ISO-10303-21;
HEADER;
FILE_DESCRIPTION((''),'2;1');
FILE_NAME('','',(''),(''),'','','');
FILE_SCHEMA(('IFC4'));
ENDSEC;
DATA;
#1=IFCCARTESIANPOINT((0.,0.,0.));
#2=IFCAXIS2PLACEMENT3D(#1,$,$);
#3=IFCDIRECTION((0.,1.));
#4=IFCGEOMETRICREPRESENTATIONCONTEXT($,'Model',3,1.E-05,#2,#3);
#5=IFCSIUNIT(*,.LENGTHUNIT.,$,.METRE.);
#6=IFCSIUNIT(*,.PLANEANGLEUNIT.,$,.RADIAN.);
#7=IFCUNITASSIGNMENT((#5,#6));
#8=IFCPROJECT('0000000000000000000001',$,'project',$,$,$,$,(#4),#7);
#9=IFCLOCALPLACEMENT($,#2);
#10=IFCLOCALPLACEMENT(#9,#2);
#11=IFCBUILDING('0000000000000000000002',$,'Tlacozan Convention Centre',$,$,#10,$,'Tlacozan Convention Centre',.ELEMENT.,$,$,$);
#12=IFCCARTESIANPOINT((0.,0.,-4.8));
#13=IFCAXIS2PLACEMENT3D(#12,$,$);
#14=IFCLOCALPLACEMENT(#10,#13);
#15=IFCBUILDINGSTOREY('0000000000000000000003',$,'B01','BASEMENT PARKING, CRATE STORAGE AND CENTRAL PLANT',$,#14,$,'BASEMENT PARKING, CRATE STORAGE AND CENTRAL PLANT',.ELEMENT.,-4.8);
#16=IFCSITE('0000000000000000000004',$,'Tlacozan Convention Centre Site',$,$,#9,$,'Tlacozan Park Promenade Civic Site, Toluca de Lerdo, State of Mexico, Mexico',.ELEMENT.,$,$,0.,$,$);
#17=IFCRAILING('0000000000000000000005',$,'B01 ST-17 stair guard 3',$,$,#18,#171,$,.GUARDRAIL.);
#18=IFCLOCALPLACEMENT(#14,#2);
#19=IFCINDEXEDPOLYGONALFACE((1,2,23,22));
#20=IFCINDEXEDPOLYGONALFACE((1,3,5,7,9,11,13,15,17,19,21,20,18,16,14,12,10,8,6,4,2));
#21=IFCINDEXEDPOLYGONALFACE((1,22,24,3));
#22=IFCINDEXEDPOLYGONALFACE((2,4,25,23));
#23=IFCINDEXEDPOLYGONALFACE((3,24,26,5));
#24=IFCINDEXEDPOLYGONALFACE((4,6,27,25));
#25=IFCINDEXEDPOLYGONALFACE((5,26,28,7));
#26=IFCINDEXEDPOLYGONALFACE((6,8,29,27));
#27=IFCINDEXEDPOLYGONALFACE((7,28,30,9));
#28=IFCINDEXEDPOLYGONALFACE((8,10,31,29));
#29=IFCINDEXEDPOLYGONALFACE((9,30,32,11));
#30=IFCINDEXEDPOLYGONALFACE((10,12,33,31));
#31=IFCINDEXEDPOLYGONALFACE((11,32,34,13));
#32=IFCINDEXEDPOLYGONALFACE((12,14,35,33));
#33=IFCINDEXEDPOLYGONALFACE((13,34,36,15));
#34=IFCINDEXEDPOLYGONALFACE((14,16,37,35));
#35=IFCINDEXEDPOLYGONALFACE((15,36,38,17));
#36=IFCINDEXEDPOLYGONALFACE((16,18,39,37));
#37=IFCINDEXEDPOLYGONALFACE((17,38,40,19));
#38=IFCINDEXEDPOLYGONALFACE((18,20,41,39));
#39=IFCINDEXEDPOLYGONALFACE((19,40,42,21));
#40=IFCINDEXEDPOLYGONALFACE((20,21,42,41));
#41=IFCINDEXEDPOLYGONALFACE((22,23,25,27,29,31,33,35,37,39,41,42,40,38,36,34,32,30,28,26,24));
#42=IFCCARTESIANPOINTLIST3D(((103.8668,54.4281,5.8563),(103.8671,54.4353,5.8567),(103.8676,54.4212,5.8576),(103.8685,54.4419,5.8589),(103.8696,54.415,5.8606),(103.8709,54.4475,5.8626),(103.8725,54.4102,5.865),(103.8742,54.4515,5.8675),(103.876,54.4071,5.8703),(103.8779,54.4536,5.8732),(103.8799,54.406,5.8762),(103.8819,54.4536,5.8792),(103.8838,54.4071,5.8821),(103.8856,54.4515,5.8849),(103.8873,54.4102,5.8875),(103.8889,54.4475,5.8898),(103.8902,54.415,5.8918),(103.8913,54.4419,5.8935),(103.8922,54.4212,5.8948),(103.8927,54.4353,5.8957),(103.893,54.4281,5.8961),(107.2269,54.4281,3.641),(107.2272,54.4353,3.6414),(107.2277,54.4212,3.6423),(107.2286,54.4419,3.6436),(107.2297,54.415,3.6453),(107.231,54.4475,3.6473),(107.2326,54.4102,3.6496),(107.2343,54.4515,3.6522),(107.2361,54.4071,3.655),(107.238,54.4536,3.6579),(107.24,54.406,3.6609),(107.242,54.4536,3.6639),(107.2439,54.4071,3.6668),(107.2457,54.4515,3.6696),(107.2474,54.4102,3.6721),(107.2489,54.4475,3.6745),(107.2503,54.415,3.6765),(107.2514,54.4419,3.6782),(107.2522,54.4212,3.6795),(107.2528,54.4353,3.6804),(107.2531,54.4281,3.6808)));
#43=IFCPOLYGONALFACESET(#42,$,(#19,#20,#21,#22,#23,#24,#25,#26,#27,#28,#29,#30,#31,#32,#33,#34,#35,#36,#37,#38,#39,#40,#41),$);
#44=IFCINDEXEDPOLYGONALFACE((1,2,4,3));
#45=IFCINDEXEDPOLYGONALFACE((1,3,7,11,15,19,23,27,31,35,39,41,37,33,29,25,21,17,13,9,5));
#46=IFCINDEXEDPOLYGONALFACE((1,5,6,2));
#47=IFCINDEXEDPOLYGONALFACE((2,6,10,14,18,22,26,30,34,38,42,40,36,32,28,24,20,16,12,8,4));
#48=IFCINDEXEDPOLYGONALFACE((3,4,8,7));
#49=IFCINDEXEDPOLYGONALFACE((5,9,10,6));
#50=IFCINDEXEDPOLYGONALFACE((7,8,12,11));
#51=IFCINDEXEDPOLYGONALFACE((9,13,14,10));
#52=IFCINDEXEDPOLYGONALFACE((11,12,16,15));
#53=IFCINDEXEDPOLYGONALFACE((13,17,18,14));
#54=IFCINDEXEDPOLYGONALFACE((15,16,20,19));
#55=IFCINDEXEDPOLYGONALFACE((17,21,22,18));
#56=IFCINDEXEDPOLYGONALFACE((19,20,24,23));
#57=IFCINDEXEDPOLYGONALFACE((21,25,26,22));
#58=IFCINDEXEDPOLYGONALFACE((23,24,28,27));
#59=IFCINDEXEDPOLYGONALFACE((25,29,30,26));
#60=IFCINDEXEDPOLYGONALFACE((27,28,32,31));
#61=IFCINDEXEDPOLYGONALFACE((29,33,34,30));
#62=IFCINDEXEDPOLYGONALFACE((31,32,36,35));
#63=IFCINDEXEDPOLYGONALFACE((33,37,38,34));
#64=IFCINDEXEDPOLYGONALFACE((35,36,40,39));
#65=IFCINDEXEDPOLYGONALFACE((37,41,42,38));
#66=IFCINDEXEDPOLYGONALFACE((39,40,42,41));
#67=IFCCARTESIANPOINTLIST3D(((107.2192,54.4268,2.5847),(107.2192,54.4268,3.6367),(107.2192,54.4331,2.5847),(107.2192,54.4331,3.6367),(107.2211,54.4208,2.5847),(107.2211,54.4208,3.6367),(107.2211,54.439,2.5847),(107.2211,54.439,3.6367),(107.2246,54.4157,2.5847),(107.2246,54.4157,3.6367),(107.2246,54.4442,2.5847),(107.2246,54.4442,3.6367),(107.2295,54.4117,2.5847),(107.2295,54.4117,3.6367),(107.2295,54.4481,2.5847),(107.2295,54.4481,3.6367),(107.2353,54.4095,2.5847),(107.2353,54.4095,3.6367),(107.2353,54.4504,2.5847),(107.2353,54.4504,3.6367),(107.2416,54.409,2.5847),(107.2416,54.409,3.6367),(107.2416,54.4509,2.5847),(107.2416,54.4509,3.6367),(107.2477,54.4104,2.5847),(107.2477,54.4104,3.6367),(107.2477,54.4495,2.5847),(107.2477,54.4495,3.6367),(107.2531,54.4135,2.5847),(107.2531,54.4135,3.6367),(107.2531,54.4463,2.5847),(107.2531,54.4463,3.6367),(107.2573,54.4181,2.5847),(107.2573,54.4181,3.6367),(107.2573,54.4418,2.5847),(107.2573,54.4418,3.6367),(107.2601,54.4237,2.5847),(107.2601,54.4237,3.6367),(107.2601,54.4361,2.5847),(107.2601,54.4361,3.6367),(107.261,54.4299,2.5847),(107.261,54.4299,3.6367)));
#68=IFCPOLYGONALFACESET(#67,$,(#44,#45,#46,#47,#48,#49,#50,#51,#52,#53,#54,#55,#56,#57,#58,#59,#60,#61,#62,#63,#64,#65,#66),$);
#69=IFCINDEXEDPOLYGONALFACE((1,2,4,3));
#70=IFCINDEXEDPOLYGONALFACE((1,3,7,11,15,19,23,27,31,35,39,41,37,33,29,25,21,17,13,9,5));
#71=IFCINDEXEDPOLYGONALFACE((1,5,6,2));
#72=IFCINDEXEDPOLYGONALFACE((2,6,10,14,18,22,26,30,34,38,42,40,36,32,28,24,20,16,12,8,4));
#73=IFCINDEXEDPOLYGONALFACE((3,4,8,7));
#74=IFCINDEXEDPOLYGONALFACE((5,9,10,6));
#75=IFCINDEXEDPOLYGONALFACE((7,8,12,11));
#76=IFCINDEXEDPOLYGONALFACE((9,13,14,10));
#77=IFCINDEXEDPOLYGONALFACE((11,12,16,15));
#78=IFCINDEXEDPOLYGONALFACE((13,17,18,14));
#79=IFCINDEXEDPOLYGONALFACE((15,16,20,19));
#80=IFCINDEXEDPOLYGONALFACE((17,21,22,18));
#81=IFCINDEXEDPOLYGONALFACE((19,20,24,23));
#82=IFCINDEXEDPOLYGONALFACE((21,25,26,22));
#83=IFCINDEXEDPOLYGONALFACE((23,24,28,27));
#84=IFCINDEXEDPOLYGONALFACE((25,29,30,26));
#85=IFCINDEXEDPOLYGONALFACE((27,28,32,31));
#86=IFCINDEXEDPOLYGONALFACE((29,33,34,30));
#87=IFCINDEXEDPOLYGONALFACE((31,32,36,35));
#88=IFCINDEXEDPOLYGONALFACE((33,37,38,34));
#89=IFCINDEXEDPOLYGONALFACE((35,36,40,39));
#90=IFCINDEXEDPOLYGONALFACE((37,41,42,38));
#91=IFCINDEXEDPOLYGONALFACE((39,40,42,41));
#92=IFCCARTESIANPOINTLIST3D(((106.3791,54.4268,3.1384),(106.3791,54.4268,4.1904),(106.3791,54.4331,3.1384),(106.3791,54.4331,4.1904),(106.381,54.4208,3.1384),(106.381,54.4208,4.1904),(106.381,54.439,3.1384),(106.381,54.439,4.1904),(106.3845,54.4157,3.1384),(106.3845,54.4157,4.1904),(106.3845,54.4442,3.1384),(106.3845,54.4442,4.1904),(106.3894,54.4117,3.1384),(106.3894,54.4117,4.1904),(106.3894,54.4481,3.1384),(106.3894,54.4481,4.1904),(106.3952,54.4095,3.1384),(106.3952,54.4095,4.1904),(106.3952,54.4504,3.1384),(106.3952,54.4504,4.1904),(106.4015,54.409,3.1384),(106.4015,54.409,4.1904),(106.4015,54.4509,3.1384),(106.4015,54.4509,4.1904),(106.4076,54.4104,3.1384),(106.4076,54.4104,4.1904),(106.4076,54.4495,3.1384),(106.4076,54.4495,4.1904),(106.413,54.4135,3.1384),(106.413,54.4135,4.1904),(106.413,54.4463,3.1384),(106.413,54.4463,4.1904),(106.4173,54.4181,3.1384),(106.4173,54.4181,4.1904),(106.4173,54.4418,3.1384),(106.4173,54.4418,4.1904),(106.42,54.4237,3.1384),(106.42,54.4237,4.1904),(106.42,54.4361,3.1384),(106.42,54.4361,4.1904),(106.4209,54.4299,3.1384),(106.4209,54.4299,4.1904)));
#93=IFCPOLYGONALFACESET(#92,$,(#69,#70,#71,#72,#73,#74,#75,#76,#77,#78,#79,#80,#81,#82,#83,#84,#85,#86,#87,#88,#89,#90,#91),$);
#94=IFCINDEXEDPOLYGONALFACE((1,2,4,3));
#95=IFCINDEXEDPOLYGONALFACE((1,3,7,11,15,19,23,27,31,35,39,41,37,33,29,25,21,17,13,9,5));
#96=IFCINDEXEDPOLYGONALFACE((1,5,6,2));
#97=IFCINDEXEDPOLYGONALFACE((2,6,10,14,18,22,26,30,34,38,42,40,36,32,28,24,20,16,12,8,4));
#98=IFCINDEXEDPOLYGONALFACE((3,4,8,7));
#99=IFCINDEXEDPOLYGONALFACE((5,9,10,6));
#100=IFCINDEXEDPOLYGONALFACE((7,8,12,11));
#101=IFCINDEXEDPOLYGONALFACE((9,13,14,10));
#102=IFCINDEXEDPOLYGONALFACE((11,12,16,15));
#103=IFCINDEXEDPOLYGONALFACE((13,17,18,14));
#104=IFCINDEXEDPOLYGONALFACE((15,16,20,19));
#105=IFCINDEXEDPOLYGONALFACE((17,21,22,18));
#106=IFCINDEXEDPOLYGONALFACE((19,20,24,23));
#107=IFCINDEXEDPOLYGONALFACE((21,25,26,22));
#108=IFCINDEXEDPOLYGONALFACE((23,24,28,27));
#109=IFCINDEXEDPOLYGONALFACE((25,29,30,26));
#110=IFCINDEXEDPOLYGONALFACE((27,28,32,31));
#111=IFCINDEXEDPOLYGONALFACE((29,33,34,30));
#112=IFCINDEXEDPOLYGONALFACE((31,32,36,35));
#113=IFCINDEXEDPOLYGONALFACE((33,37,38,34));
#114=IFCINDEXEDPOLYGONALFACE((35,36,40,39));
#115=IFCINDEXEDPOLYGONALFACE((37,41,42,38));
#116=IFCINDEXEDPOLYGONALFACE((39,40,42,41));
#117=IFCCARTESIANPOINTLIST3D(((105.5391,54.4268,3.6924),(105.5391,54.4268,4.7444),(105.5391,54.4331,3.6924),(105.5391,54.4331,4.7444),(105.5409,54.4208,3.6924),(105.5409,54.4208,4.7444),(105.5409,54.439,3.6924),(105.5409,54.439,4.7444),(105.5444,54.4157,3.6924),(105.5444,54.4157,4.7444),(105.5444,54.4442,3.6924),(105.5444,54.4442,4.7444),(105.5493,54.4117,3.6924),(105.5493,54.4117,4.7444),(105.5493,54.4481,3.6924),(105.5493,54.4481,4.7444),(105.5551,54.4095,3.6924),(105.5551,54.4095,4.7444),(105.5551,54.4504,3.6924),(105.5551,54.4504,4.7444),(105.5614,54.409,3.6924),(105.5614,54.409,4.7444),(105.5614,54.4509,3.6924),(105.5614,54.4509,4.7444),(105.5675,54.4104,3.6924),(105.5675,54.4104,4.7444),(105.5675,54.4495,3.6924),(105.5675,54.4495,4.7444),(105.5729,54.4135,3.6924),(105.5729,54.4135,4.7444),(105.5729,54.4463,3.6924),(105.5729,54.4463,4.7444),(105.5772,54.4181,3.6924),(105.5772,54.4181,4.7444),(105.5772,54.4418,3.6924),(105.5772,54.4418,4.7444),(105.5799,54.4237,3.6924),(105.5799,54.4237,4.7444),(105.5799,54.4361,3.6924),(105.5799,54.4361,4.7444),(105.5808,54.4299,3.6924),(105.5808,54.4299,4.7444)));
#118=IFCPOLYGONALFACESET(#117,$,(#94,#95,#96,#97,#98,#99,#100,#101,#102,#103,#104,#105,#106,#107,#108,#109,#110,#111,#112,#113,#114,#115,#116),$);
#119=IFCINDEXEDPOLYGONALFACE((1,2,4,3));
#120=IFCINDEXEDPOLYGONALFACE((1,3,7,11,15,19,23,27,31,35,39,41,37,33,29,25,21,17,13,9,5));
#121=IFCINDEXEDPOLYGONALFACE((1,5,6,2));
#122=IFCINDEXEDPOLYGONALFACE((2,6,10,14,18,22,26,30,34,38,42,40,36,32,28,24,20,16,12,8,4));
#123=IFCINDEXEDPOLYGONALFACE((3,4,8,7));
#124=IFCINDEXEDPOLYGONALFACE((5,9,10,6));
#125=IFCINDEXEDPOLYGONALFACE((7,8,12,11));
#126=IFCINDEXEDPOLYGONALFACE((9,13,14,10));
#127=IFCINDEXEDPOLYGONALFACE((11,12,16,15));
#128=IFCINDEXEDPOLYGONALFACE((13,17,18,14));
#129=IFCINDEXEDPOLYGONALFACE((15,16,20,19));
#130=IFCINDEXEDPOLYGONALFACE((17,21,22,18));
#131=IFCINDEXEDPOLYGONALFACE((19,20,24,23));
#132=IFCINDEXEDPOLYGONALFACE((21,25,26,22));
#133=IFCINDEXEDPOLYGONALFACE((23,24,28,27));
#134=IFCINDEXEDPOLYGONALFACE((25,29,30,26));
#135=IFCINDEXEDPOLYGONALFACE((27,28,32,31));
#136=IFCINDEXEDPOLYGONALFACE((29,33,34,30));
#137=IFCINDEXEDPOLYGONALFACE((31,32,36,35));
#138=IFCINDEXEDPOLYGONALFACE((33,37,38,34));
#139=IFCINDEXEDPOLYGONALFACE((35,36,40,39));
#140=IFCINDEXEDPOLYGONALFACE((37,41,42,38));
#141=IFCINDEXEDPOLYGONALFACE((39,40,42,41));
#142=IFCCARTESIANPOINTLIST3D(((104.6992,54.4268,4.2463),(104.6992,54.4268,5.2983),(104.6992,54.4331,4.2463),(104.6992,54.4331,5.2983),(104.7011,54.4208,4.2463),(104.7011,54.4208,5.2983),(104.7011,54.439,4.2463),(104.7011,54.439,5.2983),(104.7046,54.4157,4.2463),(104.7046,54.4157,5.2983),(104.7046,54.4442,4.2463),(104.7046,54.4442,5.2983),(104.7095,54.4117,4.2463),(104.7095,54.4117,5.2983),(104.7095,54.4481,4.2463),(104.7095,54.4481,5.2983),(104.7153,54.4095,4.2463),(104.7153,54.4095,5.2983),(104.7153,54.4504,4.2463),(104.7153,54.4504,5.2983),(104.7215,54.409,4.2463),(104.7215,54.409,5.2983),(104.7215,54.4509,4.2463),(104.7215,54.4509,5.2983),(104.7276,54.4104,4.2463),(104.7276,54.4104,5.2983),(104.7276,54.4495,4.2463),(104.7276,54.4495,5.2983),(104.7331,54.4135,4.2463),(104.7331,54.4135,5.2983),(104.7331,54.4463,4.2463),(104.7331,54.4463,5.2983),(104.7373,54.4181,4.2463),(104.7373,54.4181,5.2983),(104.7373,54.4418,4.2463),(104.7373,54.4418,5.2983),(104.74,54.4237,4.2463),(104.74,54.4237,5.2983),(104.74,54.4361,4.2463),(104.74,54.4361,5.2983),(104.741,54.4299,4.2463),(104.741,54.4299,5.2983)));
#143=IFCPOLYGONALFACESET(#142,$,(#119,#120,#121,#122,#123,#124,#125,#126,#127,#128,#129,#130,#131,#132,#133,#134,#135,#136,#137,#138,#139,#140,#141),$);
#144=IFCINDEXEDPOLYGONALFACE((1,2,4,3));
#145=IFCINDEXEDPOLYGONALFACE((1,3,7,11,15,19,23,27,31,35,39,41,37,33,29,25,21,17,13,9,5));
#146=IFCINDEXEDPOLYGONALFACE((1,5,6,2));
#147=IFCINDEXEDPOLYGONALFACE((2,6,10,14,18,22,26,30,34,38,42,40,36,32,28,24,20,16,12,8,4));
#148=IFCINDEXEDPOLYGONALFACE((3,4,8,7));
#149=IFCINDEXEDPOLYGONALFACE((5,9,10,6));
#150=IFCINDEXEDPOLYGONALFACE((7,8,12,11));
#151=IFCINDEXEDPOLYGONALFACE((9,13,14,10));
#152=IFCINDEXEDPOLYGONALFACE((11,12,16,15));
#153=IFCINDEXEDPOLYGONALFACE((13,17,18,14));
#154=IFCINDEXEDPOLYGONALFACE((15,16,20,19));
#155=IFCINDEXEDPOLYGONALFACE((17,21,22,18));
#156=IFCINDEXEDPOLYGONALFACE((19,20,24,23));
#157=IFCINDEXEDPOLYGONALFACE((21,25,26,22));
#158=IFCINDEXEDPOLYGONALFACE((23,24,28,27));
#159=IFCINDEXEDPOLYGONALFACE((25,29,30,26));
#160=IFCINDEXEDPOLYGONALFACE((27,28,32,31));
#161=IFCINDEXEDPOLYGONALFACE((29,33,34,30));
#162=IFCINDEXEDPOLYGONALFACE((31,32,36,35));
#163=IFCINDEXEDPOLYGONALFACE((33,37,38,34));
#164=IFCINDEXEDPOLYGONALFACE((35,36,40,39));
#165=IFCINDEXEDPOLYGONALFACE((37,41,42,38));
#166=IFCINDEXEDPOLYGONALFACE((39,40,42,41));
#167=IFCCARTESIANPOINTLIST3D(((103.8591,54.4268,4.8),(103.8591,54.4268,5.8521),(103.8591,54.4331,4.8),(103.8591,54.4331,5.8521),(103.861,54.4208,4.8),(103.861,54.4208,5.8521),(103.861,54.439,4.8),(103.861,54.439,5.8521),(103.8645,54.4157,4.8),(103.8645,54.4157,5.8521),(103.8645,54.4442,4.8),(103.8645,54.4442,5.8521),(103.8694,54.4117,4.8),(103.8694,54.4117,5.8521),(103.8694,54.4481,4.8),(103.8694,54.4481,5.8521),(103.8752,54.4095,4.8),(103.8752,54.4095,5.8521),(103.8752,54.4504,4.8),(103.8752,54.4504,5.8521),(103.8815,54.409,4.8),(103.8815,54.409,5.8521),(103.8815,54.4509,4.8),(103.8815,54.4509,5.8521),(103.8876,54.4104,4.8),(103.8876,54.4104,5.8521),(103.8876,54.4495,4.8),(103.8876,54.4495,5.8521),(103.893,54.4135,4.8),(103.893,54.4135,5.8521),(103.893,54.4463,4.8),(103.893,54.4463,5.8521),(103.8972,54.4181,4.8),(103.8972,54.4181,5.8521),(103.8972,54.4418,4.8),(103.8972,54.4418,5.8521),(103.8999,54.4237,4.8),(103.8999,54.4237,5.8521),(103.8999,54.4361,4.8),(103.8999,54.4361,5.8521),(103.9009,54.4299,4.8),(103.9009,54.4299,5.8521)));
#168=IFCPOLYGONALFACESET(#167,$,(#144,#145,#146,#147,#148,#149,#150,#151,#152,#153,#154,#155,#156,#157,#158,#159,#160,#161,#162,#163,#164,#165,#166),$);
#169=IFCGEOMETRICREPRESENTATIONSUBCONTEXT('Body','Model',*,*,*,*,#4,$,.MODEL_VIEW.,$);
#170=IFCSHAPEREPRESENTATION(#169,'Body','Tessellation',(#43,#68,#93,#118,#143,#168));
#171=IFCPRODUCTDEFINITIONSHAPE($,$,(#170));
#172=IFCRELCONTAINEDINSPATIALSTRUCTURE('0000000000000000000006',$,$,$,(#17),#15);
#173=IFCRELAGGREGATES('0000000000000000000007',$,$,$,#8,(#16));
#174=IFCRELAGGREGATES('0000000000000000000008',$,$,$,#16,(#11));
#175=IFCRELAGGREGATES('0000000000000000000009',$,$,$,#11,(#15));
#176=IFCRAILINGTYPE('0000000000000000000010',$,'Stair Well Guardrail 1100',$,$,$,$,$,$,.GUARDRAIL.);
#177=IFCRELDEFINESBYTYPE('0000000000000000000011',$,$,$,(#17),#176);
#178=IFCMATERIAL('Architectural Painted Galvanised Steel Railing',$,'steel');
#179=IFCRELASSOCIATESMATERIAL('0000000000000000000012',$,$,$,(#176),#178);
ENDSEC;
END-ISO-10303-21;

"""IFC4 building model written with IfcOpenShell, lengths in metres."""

from ifc_helpers import new_model, si_unit, direction, frame, origin, origin_2d, place, context, subcontext, project, spatial, circle, extrude, material, type_object, element, save


model = new_model("IFC4")

# Units and contexts
model_context = context("Model", 3, precision=1e-05, world=origin(), true_north=direction((0.0, 1.0)))
body_context = subcontext(model_context, "Body", "Model", "MODEL_VIEW")
ifc_project = project(units=[si_unit("LENGTHUNIT", "METRE"), si_unit("PLANEANGLEUNIT", "RADIAN")], contexts=[model_context])

# Site, building, storey
site_placement = place(None, origin())
site = spatial("IfcSite", under=ifc_project, at=site_placement, Name="Tlacozan Convention Centre Site", LongName="Tlacozan Park Promenade Civic Site, Toluca de Lerdo, State of Mexico, Mexico", CompositionType="ELEMENT", RefElevation=0.0)
building_placement = place(site_placement, origin())
building = spatial("IfcBuilding", under=site, at=building_placement, Name="Tlacozan Convention Centre", LongName="Tlacozan Convention Centre", CompositionType="ELEMENT")
storey_placement = place(building_placement, frame((0.0, 0.0, -4.8)))
storey = spatial("IfcBuildingStorey", under=building, at=storey_placement, Name="B01", Description="BASEMENT PARKING, CRATE STORAGE AND CENTRAL PLANT", LongName="BASEMENT PARKING, CRATE STORAGE AND CENTRAL PLANT", CompositionType="ELEMENT", Elevation=-4.8)

# Railing
ifc_material_1 = material(Name="Architectural Painted Galvanised Steel Railing", Category="steel")
railing_type_1 = type_object("IfcRailingType", Name="Stair Well Guardrail 1100", PredefinedType="GUARDRAIL", material=ifc_material_1)
railing_1_placement = place(storey_placement, frame((107.24, 54.4299, 2.5847)))
element("IfcRailing", 1, at=railing_1_placement, inside=storey, type_object=railing_type_1, Name="B01 ST-17 stair guard 3", PredefinedType="GUARDRAIL", context=body_context, shape_type="SweptSolid", body=[
    extrude(circle(Radius=0.0239, at=origin_2d()), frame((0.0, 0.0, 1.0762), z_axis=(-0.834876, 0.0, 0.550437), x_axis=(0.0, -1.0, 0.0)), (0.0, 0.0, 1.0), 4.0247),
    extrude(circle(Radius=0.021, at=origin_2d()), origin(), (0.0, 0.0, 1.0), 1.052),
    extrude(circle(Radius=0.021, at=origin_2d()), frame((-0.8401, 0.0, 0.5537)), (0.0, 0.0, 1.0), 1.052),
    extrude(circle(Radius=0.021, at=origin_2d()), frame((-1.6802, 0.0, 1.1077)), (0.0, 0.0, 1.0), 1.052),
    extrude(circle(Radius=0.021, at=origin_2d()), frame((-2.52, 0.0, 1.6616)), (0.0, 0.0, 1.0), 1.052),
    extrude(circle(Radius=0.021, at=origin_2d()), frame((-3.3601, 0.0, 2.2153)), (0.0, 0.0, 1.0), 1.052),
])

save(model, "model.ifc")
